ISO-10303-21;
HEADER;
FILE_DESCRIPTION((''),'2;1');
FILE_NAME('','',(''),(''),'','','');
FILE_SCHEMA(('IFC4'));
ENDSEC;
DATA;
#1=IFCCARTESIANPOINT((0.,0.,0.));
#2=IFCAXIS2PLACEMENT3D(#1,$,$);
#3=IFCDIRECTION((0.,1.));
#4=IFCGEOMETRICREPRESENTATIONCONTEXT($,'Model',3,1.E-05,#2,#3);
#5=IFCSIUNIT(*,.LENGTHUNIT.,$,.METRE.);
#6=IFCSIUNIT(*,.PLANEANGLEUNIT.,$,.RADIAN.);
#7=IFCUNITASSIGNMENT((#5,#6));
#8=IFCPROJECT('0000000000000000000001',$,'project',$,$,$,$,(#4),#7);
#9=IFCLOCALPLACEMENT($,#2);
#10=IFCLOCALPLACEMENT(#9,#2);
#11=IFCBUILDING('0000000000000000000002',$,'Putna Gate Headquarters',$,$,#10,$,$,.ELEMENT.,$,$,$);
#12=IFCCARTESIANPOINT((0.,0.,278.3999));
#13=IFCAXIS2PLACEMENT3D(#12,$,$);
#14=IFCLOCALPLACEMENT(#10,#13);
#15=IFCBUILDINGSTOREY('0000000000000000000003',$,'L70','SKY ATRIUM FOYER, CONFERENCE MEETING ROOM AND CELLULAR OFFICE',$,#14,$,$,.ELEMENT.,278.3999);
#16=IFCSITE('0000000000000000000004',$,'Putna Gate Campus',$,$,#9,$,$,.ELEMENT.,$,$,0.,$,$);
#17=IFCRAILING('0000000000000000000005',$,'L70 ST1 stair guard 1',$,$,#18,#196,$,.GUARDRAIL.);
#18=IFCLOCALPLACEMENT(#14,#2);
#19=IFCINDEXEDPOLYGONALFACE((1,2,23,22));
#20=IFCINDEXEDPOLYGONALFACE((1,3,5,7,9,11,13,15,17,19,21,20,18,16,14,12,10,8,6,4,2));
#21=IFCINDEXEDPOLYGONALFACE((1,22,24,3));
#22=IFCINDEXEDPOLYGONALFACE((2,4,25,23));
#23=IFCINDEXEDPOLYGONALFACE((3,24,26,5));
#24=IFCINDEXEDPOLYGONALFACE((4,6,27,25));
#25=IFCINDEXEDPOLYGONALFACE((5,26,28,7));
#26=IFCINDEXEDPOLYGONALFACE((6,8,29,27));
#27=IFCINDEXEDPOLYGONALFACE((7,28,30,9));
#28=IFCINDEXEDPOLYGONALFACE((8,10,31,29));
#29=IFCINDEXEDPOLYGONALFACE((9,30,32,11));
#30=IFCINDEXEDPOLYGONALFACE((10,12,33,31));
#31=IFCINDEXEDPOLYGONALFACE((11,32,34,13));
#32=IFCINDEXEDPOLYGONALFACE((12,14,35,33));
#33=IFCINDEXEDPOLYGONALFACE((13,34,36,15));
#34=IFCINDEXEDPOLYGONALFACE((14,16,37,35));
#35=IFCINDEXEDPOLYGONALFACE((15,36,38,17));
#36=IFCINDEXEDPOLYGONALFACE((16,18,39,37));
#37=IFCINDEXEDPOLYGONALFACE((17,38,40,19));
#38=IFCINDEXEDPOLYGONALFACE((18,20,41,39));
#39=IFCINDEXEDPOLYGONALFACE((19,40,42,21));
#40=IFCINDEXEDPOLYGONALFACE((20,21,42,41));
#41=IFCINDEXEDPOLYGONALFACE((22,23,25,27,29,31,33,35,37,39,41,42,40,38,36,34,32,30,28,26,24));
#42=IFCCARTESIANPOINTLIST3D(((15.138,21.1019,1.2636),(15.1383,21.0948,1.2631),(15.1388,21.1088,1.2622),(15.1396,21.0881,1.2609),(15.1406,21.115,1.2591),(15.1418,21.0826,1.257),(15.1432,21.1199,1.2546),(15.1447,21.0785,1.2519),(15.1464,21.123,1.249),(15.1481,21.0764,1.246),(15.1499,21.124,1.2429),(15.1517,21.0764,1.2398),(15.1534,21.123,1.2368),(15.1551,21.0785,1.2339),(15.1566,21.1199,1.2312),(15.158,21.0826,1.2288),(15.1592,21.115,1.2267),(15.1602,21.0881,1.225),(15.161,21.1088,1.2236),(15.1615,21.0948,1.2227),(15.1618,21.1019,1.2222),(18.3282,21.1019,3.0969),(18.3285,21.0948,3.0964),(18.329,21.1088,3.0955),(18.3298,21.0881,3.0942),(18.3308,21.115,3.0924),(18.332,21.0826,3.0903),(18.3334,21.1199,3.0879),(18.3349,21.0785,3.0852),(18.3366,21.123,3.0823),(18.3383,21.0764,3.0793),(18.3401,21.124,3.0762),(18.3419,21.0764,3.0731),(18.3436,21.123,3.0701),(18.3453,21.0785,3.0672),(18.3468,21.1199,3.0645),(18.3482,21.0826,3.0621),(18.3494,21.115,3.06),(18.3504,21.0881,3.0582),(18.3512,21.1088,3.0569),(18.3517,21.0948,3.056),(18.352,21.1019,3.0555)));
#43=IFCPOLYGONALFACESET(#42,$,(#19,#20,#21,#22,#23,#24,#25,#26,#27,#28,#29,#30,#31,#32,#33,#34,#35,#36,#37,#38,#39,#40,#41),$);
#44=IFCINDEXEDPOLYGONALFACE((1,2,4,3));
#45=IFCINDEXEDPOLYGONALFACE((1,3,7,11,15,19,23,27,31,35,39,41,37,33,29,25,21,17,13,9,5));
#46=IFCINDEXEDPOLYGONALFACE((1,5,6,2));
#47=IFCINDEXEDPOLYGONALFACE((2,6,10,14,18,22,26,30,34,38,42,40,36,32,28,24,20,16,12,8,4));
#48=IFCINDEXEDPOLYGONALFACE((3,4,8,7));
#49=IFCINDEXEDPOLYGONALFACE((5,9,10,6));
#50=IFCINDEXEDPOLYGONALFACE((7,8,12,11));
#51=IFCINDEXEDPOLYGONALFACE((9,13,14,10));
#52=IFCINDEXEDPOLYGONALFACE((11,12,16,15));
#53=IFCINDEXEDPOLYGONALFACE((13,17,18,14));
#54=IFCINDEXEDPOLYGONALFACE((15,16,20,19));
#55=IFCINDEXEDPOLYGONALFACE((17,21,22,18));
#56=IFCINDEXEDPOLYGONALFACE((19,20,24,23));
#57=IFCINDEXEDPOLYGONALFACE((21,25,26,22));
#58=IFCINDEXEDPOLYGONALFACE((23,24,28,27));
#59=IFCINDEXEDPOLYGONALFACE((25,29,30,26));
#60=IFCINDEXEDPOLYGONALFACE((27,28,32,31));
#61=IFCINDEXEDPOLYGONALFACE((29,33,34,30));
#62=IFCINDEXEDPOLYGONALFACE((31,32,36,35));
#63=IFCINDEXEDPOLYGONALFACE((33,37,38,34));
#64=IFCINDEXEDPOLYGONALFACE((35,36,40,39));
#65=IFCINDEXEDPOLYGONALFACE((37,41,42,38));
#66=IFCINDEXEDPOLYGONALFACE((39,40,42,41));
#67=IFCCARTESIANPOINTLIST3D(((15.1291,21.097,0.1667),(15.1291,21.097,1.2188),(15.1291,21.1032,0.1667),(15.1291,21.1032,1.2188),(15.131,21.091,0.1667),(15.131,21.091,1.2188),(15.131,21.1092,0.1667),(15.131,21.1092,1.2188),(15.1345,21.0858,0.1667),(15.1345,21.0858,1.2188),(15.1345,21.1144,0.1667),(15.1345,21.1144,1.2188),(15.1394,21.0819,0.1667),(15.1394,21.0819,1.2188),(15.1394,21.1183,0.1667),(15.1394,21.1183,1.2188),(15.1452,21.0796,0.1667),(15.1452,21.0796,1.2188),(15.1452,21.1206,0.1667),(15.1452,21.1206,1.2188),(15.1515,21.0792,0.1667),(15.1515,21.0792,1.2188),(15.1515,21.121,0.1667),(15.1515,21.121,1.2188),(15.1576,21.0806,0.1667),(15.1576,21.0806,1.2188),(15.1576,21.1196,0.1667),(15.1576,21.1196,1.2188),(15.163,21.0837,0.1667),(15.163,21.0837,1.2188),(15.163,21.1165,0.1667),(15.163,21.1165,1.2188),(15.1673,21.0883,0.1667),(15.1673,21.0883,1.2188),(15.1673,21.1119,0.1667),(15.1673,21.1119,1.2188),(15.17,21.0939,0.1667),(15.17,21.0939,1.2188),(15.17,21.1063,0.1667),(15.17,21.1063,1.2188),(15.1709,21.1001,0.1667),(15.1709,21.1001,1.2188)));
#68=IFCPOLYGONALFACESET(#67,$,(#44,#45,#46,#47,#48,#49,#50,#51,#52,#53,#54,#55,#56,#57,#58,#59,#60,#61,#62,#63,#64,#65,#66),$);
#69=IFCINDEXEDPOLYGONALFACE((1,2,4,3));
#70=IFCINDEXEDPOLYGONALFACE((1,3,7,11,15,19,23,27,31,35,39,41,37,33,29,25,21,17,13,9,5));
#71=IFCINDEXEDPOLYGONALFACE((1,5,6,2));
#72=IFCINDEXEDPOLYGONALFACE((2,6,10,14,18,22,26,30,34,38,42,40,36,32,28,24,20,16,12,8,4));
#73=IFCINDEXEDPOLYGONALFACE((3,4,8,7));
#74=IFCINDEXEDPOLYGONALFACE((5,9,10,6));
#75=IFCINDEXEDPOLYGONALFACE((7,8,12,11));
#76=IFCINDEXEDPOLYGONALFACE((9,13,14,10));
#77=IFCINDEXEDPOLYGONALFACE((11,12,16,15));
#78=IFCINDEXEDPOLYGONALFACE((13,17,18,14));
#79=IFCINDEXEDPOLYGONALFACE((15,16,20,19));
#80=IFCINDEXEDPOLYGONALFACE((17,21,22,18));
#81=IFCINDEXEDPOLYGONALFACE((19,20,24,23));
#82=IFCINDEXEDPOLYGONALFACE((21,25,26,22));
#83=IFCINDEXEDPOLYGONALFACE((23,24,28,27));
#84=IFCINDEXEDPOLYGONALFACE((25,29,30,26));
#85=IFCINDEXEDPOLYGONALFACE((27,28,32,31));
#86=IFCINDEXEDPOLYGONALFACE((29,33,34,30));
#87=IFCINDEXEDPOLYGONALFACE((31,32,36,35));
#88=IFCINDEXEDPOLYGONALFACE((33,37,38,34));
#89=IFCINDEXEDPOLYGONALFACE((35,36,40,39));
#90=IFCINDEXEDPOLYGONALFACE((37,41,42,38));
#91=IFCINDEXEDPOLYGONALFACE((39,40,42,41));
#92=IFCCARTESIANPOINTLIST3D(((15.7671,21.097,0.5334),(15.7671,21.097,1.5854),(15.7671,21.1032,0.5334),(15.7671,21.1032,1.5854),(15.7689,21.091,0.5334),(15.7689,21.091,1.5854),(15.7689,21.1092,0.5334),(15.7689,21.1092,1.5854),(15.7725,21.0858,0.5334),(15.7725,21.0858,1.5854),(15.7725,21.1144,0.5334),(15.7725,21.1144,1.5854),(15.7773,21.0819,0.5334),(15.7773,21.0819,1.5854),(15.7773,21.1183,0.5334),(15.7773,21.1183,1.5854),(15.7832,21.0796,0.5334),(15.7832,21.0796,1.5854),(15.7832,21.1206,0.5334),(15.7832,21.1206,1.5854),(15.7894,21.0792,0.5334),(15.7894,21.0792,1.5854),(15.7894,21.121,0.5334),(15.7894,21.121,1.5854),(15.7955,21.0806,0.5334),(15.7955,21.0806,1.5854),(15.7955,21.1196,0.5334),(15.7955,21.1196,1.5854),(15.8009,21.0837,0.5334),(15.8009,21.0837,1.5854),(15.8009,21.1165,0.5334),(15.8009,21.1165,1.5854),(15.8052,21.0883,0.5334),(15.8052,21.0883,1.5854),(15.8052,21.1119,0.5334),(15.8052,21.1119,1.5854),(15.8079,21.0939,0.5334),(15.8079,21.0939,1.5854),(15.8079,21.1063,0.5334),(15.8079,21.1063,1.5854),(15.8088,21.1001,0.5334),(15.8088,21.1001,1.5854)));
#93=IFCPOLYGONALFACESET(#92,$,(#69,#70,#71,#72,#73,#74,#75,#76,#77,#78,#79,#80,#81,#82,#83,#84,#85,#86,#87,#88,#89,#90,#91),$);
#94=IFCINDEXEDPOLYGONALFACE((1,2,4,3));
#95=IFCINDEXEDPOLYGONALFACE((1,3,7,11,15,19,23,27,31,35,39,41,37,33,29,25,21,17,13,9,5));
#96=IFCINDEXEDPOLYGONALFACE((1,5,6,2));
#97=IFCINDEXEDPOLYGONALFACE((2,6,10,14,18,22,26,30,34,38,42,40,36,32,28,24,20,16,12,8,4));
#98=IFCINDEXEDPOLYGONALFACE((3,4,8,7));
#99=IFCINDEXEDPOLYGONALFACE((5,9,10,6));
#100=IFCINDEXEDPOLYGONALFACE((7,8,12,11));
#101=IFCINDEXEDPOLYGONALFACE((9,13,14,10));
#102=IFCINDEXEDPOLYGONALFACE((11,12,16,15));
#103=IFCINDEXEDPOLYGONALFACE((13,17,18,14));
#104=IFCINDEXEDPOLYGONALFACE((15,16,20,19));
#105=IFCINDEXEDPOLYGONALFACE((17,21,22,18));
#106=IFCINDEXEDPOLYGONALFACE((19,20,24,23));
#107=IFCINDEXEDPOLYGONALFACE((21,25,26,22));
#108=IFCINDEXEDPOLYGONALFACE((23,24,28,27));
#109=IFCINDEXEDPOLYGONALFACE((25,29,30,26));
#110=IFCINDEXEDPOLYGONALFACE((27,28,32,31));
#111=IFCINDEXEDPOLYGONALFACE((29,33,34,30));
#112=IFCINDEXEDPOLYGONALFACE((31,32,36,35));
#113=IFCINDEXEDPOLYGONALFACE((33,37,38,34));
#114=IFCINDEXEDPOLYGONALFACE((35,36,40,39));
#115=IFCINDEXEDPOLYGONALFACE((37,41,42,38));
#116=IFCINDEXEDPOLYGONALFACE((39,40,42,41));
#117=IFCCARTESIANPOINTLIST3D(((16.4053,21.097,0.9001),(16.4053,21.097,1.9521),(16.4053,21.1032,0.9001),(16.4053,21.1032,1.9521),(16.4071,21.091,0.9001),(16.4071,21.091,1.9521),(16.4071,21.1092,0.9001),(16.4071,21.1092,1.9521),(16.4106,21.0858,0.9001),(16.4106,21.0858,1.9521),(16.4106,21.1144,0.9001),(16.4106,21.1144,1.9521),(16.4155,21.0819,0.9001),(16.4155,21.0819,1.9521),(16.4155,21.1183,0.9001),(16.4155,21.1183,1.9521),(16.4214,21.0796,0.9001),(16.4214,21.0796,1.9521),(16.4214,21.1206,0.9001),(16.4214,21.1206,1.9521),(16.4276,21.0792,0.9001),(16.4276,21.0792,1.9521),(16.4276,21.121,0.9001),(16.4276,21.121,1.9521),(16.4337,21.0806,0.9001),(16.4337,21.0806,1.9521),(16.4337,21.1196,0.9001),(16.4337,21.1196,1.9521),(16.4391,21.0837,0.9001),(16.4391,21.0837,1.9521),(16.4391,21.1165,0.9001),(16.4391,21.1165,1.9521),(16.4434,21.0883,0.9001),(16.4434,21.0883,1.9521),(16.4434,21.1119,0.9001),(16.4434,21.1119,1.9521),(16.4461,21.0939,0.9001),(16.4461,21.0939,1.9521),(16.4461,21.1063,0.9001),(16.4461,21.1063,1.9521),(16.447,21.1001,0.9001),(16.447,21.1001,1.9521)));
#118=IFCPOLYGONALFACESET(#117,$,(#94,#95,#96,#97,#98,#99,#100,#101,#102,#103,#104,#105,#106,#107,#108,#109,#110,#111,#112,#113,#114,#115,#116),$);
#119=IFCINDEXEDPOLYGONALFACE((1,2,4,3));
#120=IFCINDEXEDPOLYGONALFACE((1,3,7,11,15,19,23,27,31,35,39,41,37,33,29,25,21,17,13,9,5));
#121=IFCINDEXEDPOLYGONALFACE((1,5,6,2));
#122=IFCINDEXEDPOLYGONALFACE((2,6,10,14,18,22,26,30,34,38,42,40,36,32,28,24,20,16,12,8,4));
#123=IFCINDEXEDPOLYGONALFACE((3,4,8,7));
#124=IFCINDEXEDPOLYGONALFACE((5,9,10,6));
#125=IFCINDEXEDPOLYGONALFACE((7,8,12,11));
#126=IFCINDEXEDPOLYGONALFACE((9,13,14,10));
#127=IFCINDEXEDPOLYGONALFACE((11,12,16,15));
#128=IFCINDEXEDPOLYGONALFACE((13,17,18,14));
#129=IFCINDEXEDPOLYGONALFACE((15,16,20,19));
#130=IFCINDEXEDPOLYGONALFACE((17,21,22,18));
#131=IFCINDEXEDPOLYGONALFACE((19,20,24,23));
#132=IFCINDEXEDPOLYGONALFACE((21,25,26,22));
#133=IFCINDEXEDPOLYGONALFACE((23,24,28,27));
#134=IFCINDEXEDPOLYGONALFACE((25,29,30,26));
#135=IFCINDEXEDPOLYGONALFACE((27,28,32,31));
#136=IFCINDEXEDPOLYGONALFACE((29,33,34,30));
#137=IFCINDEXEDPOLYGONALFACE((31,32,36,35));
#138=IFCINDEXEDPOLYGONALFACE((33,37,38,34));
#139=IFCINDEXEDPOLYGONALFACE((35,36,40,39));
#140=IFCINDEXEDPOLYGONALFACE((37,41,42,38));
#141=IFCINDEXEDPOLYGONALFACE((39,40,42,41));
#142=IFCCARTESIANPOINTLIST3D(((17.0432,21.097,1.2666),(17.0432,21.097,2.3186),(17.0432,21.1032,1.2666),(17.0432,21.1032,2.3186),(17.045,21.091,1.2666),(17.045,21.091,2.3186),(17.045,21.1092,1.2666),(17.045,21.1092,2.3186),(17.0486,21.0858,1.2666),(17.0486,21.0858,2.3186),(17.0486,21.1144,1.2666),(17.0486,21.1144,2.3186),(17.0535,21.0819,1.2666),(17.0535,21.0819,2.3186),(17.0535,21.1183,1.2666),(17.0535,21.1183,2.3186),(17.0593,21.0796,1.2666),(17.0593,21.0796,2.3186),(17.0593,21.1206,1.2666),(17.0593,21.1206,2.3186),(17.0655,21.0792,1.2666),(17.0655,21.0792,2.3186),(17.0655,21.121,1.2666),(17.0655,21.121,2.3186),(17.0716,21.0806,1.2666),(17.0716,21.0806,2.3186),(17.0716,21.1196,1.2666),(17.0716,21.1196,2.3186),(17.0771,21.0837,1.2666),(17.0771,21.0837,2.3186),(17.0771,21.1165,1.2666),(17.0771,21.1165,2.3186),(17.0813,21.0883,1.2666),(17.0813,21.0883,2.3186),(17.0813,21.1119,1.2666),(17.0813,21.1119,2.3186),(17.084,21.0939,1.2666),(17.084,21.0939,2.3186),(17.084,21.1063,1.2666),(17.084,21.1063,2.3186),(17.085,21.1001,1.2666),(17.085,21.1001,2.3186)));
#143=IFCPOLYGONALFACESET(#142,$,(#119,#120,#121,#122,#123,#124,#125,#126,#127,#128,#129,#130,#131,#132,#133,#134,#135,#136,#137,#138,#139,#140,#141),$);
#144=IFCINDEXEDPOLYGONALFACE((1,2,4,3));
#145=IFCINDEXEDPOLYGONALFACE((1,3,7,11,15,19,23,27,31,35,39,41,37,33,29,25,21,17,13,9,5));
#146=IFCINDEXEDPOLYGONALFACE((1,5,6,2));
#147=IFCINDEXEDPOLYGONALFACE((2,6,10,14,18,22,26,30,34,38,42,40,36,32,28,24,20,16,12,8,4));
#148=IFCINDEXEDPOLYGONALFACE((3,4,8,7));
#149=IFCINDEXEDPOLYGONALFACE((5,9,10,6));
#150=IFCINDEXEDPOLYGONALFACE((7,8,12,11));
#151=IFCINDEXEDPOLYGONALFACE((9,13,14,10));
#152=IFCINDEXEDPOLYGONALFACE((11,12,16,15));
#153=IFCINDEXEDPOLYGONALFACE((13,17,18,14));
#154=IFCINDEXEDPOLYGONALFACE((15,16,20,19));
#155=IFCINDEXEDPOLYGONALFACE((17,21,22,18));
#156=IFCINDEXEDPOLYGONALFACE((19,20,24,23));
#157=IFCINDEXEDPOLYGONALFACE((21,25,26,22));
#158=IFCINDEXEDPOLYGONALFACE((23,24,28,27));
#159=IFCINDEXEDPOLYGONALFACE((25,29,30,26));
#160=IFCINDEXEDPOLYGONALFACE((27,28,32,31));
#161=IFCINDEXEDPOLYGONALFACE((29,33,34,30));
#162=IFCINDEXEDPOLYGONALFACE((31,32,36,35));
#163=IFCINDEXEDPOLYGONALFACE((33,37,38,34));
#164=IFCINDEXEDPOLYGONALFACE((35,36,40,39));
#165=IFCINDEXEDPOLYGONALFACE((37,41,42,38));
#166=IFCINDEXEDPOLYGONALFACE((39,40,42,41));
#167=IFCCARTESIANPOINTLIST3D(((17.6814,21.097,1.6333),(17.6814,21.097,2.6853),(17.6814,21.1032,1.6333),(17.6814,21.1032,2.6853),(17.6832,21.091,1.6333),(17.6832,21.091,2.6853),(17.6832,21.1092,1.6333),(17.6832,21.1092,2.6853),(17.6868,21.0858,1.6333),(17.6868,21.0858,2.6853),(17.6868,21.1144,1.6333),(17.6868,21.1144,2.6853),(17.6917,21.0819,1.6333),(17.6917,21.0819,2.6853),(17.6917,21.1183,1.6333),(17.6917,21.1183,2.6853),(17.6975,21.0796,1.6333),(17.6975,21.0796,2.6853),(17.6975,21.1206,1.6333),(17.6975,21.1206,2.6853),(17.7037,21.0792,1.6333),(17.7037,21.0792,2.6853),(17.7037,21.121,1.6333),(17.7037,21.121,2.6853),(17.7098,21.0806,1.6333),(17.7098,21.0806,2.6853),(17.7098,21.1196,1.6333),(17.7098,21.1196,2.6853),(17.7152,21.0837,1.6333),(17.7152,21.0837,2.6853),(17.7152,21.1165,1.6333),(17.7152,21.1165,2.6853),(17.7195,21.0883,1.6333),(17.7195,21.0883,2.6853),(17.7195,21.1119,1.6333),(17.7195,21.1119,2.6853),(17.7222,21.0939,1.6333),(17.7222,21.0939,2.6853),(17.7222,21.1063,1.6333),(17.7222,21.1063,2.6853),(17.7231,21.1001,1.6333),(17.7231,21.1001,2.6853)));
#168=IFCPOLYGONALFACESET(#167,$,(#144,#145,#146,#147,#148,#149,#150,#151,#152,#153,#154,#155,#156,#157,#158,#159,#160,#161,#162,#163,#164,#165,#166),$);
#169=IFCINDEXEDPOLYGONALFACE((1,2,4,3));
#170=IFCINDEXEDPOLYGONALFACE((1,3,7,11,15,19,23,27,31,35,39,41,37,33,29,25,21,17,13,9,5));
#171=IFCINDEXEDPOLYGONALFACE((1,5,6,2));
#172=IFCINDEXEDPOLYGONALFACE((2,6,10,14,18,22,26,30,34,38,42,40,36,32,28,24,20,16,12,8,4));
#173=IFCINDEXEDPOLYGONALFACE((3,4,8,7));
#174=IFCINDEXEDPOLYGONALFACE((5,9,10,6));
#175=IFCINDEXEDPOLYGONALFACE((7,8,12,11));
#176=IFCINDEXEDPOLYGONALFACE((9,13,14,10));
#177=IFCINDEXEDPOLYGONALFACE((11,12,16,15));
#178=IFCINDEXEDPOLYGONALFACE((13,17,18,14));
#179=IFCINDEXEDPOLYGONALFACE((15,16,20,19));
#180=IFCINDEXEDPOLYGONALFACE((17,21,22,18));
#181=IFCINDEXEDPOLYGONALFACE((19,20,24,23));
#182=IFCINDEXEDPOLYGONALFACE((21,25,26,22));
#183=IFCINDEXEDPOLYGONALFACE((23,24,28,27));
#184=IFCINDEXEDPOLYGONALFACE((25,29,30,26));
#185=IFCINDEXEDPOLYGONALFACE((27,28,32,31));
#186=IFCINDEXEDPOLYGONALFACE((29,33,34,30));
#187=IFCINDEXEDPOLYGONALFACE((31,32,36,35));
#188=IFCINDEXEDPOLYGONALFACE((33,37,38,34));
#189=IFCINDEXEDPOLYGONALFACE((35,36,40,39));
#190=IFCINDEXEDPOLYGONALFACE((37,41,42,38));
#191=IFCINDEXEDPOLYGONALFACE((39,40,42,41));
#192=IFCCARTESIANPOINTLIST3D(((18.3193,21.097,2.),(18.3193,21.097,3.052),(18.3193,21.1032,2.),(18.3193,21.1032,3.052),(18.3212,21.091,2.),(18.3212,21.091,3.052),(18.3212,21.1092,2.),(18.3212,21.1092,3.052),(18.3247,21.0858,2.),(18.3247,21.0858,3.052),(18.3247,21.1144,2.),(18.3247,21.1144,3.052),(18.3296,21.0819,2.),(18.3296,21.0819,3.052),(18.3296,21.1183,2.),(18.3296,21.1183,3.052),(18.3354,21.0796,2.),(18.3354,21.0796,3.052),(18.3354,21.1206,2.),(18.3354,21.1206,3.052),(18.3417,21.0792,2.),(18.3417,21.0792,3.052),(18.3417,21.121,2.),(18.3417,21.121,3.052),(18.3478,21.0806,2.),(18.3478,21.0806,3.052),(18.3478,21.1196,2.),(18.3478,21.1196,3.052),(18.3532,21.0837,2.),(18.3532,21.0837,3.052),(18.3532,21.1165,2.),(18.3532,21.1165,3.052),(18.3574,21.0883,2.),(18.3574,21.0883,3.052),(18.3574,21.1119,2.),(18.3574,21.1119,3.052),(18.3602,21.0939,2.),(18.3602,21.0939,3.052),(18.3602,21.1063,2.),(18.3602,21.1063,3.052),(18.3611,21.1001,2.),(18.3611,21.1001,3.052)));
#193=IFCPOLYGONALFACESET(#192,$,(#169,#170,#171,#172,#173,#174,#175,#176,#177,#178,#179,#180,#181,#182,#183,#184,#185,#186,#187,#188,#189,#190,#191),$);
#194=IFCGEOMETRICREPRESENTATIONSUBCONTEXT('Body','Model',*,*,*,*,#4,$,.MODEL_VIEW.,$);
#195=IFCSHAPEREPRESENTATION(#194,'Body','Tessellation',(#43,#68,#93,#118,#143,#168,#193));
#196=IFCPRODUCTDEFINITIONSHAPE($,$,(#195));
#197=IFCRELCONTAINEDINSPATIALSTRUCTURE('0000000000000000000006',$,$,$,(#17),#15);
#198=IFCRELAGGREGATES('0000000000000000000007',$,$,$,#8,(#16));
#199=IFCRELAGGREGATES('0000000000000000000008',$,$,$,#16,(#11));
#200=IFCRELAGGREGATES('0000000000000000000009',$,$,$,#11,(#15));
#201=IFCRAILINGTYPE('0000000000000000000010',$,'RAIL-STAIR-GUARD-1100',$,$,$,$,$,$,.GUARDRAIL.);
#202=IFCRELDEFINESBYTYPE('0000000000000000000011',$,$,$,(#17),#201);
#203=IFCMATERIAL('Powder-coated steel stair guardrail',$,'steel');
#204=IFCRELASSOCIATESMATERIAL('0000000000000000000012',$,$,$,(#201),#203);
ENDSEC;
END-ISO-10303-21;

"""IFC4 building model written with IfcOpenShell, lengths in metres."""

from ifc_helpers import new_model, si_unit, direction, frame, origin, origin_2d, place, context, subcontext, project, spatial, circle, extrude, material, type_object, element, save


model = new_model("IFC4")

# Units and contexts
model_context = context("Model", 3, precision=1e-05, world=origin(), true_north=direction((0.0, 1.0)))
body_context = subcontext(model_context, "Body", "Model", "MODEL_VIEW")
ifc_project = project(units=[si_unit("LENGTHUNIT", "METRE"), si_unit("PLANEANGLEUNIT", "RADIAN")], contexts=[model_context])

# Site, building, storey
site_placement = place(None, origin())
site = spatial("IfcSite", under=ifc_project, at=site_placement, Name="Putna Gate Campus", CompositionType="ELEMENT", RefElevation=0.0)
building_placement = place(site_placement, origin())
building = spatial("IfcBuilding", under=site, at=building_placement, Name="Putna Gate Headquarters", CompositionType="ELEMENT")
storey_placement = place(building_placement, frame((0.0, 0.0, 278.3999)))
storey = spatial("IfcBuildingStorey", under=building, at=storey_placement, Name="L70", Description="SKY ATRIUM FOYER, CONFERENCE MEETING ROOM AND CELLULAR OFFICE", CompositionType="ELEMENT", Elevation=278.3999)

# Railing
ifc_material_1 = material(Name="Powder-coated steel stair guardrail", Category="steel")
railing_type = type_object("IfcRailingType", Name="RAIL-STAIR-GUARD-1100", PredefinedType="GUARDRAIL", material=ifc_material_1)
railing_1_placement = place(storey_placement, frame((15.1499, 21.1001, 0.1667)))
element("IfcRailing", 1, at=railing_1_placement, inside=storey, type_object=railing_type, Name="L70 ST1 stair guard 1", PredefinedType="GUARDRAIL", context=body_context, shape_type="SweptSolid", body=[
    extrude(circle(Radius=0.0239, at=origin_2d()), frame((0.0, 0.0, 1.0762), z_axis=(0.867036, 0.0, 0.498245), x_axis=(0.0, 1.0, 0.0)), (0.0, 0.0, 1.0), 3.6794),
    extrude(circle(Radius=0.021, at=origin_2d()), origin(), (0.0, 0.0, 1.0), 1.052),
    extrude(circle(Radius=0.021, at=origin_2d()), frame((0.6379, 0.0, 0.3667)), (0.0, 0.0, 1.0), 1.052),
    extrude(circle(Radius=0.021, at=origin_2d()), frame((1.2761, 0.0, 0.7334)), (0.0, 0.0, 1.0), 1.052),
    extrude(circle(Radius=0.021, at=origin_2d()), frame((1.9141, 0.0, 1.0999)), (0.0, 0.0, 1.0), 1.052),
    extrude(circle(Radius=0.021, at=origin_2d()), frame((2.5522, 0.0, 1.4666)), (0.0, 0.0, 1.0), 1.052),
    extrude(circle(Radius=0.021, at=origin_2d()), frame((3.1902, 0.0, 1.8333)), (0.0, 0.0, 1.0), 1.052),
])

save(model, "model.ifc")
